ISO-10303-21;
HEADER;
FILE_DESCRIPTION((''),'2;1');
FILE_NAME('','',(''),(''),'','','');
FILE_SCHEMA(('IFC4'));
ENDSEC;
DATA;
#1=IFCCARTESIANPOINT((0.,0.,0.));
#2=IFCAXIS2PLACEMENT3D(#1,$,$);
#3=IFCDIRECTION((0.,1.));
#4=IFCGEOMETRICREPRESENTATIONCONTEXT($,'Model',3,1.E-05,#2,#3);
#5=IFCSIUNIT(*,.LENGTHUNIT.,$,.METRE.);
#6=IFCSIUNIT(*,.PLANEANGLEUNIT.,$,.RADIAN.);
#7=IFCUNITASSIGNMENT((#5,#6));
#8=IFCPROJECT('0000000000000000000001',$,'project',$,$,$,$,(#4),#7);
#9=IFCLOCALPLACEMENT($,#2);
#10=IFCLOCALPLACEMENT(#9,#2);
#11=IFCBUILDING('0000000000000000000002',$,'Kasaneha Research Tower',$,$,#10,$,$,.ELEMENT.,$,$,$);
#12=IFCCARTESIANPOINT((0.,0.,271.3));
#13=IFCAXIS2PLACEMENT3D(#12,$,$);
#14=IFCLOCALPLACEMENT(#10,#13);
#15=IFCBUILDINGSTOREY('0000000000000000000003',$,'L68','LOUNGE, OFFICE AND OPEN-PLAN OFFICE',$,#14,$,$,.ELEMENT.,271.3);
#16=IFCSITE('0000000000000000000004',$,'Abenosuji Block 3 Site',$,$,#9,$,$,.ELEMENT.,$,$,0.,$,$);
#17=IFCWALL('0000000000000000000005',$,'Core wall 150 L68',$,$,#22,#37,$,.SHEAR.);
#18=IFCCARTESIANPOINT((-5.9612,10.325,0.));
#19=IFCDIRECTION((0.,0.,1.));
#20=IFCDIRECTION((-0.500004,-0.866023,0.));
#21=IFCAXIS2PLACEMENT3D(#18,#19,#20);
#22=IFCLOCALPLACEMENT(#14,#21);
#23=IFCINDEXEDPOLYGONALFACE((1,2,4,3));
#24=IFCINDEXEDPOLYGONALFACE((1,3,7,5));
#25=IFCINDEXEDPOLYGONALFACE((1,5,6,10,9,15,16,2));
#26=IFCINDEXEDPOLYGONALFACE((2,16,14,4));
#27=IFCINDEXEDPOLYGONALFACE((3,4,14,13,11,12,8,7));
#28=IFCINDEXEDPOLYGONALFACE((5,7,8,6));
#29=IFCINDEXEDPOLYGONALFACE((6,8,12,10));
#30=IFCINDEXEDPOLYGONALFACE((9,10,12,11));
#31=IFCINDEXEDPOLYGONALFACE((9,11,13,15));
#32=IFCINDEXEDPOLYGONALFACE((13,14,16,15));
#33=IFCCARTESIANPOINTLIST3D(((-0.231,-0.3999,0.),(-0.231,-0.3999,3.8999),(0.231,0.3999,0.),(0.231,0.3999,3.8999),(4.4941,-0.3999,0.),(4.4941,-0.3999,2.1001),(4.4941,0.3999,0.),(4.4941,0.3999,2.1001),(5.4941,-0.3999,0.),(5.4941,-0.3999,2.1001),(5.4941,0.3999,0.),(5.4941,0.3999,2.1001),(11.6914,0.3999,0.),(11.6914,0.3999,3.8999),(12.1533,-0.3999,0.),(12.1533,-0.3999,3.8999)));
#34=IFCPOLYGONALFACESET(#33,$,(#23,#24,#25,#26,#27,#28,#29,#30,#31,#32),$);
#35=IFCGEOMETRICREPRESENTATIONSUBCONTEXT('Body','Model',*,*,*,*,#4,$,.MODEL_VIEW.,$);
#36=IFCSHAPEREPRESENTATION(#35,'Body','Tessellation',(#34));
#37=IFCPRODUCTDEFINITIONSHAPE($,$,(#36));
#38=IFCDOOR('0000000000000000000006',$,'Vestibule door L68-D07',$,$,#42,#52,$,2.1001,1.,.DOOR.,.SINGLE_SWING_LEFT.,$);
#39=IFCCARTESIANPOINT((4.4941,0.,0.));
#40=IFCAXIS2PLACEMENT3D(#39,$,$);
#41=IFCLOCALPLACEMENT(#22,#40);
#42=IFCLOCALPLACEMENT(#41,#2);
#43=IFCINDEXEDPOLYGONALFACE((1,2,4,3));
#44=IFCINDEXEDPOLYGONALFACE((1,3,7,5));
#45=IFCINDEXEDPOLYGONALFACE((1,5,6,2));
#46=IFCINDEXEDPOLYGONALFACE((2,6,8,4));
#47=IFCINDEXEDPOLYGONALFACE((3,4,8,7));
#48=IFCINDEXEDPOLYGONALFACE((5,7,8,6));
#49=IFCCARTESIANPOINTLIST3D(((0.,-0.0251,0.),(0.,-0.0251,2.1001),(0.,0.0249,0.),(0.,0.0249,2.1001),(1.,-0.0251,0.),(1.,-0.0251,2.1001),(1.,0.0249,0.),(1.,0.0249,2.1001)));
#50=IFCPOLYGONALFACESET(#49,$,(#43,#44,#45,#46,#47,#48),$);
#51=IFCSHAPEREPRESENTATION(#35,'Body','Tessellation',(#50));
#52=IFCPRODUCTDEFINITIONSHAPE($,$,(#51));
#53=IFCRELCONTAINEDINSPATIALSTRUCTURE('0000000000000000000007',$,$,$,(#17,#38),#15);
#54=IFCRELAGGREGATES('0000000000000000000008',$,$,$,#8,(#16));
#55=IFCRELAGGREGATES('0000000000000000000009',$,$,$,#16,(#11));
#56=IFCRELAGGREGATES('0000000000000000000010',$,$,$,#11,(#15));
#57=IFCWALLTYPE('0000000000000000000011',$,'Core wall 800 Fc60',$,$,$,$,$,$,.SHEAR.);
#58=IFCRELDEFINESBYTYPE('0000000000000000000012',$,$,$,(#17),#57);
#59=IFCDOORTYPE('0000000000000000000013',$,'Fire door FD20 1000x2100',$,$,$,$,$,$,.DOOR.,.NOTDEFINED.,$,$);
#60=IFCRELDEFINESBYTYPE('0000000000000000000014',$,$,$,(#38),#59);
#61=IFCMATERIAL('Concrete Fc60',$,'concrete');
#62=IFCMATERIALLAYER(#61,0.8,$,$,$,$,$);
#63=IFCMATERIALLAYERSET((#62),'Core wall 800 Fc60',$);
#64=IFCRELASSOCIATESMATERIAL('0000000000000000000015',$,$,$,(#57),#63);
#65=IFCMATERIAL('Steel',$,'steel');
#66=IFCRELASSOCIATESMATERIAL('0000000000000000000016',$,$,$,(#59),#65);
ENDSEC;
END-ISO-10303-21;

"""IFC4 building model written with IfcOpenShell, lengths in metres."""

from ifc_helpers import new_model, si_unit, direction, frame, frame_2d, origin, place, context, subcontext, project, spatial, polyline, rectangle, outline, extrude, material, layer, layer_set, type_object, element, fill, save


model = new_model("IFC4")

# Units and contexts
model_context = context("Model", 3, precision=1e-05, world=origin(), true_north=direction((0.0, 1.0)))
body_context = subcontext(model_context, "Body", "Model", "MODEL_VIEW")
ifc_project = project(units=[si_unit("LENGTHUNIT", "METRE"), si_unit("PLANEANGLEUNIT", "RADIAN")], contexts=[model_context])

# Site, building, storey
site_placement = place(None, origin())
site = spatial("IfcSite", under=ifc_project, at=site_placement, Name="Abenosuji Block 3 Site", CompositionType="ELEMENT", RefElevation=0.0)
building_placement = place(site_placement, origin())
building = spatial("IfcBuilding", under=site, at=building_placement, Name="Kasaneha Research Tower", CompositionType="ELEMENT")
storey_placement = place(building_placement, frame((0.0, 0.0, 271.3)))
storey = spatial("IfcBuildingStorey", under=building, at=storey_placement, Name="L68", Description="LOUNGE, OFFICE AND OPEN-PLAN OFFICE", CompositionType="ELEMENT", Elevation=271.3)

# Wall, opening, door
ifc_material_1 = material(Name="Concrete Fc60", Category="concrete")
ifc_layer_1 = layer(ifc_material_1, 0.8)
ifc_layer_set_1 = layer_set([ifc_layer_1], Name="Core wall 800 Fc60")
wall_type_1 = type_object("IfcWallType", Name="Core wall 800 Fc60", PredefinedType="SHEAR", material=ifc_layer_set_1)
wall_1_placement = place(storey_placement, frame((-5.9612, 10.325, 0.0), z_axis=(0.0, 0.0, 1.0), x_axis=(-0.500004, -0.866023, 0.0)))
wall_1 = element("IfcWall", 1, at=wall_1_placement, inside=storey, type_object=wall_type_1, Name="Core wall 150 L68", PredefinedType="SHEAR", context=body_context, shape_type="SweptSolid", body=[
    extrude(outline(polyline([(-0.231, -0.3999), (4.4941, -0.3999), (5.4941, -0.3999), (12.1533, -0.3999), (11.6914, 0.3999), (5.4941, 0.3999), (4.4941, 0.3999), (0.231, 0.3999), (-0.231, -0.3999)])), origin(), (0.0, 0.0, 1.0), 3.8999),
])
opening_1_placement = place(wall_1_placement, frame((4.4941, 0.0, 0.0)))
opening_1 = element("IfcOpeningElement", 2, at=opening_1_placement, cuts=wall_1, PredefinedType="OPENING", context=body_context, shape_type="SweptSolid", body=[
    extrude(rectangle(XDim=1.0, YDim=2.1001, at=frame_2d((0.5, 1.05))), frame((0.0, 0.4102, 0.0), z_axis=(0.0, -1.0, 0.0), x_axis=(1.0, 0.0, 0.0)), (0.0, 0.0, 1.0), 0.8201),
])
ifc_material_2 = material(Name="Steel", Category="steel")
door_type_1 = type_object("IfcDoorType", Name="Fire door FD20 1000x2100", OperationType="NOTDEFINED", PredefinedType="DOOR", material=ifc_material_2)
door_1_placement = place(opening_1_placement, origin())
door_1 = element("IfcDoor", 3, at=door_1_placement, inside=storey, type_object=door_type_1, Name="Vestibule door L68-D07", OperationType="SINGLE_SWING_LEFT", OverallHeight=2.1001, OverallWidth=1.0, PredefinedType="DOOR", context=body_context, shape_type="SweptSolid", body=[
    extrude(rectangle(XDim=1.0, YDim=2.1001, at=frame_2d((0.5, 1.05))), frame((0.0, 0.0249, 0.0), z_axis=(0.0, -1.0, 0.0), x_axis=(1.0, 0.0, 0.0)), (0.0, 0.0, 1.0), 0.05),
])
fill(opening_1, door_1)

save(model, "model.ifc")
